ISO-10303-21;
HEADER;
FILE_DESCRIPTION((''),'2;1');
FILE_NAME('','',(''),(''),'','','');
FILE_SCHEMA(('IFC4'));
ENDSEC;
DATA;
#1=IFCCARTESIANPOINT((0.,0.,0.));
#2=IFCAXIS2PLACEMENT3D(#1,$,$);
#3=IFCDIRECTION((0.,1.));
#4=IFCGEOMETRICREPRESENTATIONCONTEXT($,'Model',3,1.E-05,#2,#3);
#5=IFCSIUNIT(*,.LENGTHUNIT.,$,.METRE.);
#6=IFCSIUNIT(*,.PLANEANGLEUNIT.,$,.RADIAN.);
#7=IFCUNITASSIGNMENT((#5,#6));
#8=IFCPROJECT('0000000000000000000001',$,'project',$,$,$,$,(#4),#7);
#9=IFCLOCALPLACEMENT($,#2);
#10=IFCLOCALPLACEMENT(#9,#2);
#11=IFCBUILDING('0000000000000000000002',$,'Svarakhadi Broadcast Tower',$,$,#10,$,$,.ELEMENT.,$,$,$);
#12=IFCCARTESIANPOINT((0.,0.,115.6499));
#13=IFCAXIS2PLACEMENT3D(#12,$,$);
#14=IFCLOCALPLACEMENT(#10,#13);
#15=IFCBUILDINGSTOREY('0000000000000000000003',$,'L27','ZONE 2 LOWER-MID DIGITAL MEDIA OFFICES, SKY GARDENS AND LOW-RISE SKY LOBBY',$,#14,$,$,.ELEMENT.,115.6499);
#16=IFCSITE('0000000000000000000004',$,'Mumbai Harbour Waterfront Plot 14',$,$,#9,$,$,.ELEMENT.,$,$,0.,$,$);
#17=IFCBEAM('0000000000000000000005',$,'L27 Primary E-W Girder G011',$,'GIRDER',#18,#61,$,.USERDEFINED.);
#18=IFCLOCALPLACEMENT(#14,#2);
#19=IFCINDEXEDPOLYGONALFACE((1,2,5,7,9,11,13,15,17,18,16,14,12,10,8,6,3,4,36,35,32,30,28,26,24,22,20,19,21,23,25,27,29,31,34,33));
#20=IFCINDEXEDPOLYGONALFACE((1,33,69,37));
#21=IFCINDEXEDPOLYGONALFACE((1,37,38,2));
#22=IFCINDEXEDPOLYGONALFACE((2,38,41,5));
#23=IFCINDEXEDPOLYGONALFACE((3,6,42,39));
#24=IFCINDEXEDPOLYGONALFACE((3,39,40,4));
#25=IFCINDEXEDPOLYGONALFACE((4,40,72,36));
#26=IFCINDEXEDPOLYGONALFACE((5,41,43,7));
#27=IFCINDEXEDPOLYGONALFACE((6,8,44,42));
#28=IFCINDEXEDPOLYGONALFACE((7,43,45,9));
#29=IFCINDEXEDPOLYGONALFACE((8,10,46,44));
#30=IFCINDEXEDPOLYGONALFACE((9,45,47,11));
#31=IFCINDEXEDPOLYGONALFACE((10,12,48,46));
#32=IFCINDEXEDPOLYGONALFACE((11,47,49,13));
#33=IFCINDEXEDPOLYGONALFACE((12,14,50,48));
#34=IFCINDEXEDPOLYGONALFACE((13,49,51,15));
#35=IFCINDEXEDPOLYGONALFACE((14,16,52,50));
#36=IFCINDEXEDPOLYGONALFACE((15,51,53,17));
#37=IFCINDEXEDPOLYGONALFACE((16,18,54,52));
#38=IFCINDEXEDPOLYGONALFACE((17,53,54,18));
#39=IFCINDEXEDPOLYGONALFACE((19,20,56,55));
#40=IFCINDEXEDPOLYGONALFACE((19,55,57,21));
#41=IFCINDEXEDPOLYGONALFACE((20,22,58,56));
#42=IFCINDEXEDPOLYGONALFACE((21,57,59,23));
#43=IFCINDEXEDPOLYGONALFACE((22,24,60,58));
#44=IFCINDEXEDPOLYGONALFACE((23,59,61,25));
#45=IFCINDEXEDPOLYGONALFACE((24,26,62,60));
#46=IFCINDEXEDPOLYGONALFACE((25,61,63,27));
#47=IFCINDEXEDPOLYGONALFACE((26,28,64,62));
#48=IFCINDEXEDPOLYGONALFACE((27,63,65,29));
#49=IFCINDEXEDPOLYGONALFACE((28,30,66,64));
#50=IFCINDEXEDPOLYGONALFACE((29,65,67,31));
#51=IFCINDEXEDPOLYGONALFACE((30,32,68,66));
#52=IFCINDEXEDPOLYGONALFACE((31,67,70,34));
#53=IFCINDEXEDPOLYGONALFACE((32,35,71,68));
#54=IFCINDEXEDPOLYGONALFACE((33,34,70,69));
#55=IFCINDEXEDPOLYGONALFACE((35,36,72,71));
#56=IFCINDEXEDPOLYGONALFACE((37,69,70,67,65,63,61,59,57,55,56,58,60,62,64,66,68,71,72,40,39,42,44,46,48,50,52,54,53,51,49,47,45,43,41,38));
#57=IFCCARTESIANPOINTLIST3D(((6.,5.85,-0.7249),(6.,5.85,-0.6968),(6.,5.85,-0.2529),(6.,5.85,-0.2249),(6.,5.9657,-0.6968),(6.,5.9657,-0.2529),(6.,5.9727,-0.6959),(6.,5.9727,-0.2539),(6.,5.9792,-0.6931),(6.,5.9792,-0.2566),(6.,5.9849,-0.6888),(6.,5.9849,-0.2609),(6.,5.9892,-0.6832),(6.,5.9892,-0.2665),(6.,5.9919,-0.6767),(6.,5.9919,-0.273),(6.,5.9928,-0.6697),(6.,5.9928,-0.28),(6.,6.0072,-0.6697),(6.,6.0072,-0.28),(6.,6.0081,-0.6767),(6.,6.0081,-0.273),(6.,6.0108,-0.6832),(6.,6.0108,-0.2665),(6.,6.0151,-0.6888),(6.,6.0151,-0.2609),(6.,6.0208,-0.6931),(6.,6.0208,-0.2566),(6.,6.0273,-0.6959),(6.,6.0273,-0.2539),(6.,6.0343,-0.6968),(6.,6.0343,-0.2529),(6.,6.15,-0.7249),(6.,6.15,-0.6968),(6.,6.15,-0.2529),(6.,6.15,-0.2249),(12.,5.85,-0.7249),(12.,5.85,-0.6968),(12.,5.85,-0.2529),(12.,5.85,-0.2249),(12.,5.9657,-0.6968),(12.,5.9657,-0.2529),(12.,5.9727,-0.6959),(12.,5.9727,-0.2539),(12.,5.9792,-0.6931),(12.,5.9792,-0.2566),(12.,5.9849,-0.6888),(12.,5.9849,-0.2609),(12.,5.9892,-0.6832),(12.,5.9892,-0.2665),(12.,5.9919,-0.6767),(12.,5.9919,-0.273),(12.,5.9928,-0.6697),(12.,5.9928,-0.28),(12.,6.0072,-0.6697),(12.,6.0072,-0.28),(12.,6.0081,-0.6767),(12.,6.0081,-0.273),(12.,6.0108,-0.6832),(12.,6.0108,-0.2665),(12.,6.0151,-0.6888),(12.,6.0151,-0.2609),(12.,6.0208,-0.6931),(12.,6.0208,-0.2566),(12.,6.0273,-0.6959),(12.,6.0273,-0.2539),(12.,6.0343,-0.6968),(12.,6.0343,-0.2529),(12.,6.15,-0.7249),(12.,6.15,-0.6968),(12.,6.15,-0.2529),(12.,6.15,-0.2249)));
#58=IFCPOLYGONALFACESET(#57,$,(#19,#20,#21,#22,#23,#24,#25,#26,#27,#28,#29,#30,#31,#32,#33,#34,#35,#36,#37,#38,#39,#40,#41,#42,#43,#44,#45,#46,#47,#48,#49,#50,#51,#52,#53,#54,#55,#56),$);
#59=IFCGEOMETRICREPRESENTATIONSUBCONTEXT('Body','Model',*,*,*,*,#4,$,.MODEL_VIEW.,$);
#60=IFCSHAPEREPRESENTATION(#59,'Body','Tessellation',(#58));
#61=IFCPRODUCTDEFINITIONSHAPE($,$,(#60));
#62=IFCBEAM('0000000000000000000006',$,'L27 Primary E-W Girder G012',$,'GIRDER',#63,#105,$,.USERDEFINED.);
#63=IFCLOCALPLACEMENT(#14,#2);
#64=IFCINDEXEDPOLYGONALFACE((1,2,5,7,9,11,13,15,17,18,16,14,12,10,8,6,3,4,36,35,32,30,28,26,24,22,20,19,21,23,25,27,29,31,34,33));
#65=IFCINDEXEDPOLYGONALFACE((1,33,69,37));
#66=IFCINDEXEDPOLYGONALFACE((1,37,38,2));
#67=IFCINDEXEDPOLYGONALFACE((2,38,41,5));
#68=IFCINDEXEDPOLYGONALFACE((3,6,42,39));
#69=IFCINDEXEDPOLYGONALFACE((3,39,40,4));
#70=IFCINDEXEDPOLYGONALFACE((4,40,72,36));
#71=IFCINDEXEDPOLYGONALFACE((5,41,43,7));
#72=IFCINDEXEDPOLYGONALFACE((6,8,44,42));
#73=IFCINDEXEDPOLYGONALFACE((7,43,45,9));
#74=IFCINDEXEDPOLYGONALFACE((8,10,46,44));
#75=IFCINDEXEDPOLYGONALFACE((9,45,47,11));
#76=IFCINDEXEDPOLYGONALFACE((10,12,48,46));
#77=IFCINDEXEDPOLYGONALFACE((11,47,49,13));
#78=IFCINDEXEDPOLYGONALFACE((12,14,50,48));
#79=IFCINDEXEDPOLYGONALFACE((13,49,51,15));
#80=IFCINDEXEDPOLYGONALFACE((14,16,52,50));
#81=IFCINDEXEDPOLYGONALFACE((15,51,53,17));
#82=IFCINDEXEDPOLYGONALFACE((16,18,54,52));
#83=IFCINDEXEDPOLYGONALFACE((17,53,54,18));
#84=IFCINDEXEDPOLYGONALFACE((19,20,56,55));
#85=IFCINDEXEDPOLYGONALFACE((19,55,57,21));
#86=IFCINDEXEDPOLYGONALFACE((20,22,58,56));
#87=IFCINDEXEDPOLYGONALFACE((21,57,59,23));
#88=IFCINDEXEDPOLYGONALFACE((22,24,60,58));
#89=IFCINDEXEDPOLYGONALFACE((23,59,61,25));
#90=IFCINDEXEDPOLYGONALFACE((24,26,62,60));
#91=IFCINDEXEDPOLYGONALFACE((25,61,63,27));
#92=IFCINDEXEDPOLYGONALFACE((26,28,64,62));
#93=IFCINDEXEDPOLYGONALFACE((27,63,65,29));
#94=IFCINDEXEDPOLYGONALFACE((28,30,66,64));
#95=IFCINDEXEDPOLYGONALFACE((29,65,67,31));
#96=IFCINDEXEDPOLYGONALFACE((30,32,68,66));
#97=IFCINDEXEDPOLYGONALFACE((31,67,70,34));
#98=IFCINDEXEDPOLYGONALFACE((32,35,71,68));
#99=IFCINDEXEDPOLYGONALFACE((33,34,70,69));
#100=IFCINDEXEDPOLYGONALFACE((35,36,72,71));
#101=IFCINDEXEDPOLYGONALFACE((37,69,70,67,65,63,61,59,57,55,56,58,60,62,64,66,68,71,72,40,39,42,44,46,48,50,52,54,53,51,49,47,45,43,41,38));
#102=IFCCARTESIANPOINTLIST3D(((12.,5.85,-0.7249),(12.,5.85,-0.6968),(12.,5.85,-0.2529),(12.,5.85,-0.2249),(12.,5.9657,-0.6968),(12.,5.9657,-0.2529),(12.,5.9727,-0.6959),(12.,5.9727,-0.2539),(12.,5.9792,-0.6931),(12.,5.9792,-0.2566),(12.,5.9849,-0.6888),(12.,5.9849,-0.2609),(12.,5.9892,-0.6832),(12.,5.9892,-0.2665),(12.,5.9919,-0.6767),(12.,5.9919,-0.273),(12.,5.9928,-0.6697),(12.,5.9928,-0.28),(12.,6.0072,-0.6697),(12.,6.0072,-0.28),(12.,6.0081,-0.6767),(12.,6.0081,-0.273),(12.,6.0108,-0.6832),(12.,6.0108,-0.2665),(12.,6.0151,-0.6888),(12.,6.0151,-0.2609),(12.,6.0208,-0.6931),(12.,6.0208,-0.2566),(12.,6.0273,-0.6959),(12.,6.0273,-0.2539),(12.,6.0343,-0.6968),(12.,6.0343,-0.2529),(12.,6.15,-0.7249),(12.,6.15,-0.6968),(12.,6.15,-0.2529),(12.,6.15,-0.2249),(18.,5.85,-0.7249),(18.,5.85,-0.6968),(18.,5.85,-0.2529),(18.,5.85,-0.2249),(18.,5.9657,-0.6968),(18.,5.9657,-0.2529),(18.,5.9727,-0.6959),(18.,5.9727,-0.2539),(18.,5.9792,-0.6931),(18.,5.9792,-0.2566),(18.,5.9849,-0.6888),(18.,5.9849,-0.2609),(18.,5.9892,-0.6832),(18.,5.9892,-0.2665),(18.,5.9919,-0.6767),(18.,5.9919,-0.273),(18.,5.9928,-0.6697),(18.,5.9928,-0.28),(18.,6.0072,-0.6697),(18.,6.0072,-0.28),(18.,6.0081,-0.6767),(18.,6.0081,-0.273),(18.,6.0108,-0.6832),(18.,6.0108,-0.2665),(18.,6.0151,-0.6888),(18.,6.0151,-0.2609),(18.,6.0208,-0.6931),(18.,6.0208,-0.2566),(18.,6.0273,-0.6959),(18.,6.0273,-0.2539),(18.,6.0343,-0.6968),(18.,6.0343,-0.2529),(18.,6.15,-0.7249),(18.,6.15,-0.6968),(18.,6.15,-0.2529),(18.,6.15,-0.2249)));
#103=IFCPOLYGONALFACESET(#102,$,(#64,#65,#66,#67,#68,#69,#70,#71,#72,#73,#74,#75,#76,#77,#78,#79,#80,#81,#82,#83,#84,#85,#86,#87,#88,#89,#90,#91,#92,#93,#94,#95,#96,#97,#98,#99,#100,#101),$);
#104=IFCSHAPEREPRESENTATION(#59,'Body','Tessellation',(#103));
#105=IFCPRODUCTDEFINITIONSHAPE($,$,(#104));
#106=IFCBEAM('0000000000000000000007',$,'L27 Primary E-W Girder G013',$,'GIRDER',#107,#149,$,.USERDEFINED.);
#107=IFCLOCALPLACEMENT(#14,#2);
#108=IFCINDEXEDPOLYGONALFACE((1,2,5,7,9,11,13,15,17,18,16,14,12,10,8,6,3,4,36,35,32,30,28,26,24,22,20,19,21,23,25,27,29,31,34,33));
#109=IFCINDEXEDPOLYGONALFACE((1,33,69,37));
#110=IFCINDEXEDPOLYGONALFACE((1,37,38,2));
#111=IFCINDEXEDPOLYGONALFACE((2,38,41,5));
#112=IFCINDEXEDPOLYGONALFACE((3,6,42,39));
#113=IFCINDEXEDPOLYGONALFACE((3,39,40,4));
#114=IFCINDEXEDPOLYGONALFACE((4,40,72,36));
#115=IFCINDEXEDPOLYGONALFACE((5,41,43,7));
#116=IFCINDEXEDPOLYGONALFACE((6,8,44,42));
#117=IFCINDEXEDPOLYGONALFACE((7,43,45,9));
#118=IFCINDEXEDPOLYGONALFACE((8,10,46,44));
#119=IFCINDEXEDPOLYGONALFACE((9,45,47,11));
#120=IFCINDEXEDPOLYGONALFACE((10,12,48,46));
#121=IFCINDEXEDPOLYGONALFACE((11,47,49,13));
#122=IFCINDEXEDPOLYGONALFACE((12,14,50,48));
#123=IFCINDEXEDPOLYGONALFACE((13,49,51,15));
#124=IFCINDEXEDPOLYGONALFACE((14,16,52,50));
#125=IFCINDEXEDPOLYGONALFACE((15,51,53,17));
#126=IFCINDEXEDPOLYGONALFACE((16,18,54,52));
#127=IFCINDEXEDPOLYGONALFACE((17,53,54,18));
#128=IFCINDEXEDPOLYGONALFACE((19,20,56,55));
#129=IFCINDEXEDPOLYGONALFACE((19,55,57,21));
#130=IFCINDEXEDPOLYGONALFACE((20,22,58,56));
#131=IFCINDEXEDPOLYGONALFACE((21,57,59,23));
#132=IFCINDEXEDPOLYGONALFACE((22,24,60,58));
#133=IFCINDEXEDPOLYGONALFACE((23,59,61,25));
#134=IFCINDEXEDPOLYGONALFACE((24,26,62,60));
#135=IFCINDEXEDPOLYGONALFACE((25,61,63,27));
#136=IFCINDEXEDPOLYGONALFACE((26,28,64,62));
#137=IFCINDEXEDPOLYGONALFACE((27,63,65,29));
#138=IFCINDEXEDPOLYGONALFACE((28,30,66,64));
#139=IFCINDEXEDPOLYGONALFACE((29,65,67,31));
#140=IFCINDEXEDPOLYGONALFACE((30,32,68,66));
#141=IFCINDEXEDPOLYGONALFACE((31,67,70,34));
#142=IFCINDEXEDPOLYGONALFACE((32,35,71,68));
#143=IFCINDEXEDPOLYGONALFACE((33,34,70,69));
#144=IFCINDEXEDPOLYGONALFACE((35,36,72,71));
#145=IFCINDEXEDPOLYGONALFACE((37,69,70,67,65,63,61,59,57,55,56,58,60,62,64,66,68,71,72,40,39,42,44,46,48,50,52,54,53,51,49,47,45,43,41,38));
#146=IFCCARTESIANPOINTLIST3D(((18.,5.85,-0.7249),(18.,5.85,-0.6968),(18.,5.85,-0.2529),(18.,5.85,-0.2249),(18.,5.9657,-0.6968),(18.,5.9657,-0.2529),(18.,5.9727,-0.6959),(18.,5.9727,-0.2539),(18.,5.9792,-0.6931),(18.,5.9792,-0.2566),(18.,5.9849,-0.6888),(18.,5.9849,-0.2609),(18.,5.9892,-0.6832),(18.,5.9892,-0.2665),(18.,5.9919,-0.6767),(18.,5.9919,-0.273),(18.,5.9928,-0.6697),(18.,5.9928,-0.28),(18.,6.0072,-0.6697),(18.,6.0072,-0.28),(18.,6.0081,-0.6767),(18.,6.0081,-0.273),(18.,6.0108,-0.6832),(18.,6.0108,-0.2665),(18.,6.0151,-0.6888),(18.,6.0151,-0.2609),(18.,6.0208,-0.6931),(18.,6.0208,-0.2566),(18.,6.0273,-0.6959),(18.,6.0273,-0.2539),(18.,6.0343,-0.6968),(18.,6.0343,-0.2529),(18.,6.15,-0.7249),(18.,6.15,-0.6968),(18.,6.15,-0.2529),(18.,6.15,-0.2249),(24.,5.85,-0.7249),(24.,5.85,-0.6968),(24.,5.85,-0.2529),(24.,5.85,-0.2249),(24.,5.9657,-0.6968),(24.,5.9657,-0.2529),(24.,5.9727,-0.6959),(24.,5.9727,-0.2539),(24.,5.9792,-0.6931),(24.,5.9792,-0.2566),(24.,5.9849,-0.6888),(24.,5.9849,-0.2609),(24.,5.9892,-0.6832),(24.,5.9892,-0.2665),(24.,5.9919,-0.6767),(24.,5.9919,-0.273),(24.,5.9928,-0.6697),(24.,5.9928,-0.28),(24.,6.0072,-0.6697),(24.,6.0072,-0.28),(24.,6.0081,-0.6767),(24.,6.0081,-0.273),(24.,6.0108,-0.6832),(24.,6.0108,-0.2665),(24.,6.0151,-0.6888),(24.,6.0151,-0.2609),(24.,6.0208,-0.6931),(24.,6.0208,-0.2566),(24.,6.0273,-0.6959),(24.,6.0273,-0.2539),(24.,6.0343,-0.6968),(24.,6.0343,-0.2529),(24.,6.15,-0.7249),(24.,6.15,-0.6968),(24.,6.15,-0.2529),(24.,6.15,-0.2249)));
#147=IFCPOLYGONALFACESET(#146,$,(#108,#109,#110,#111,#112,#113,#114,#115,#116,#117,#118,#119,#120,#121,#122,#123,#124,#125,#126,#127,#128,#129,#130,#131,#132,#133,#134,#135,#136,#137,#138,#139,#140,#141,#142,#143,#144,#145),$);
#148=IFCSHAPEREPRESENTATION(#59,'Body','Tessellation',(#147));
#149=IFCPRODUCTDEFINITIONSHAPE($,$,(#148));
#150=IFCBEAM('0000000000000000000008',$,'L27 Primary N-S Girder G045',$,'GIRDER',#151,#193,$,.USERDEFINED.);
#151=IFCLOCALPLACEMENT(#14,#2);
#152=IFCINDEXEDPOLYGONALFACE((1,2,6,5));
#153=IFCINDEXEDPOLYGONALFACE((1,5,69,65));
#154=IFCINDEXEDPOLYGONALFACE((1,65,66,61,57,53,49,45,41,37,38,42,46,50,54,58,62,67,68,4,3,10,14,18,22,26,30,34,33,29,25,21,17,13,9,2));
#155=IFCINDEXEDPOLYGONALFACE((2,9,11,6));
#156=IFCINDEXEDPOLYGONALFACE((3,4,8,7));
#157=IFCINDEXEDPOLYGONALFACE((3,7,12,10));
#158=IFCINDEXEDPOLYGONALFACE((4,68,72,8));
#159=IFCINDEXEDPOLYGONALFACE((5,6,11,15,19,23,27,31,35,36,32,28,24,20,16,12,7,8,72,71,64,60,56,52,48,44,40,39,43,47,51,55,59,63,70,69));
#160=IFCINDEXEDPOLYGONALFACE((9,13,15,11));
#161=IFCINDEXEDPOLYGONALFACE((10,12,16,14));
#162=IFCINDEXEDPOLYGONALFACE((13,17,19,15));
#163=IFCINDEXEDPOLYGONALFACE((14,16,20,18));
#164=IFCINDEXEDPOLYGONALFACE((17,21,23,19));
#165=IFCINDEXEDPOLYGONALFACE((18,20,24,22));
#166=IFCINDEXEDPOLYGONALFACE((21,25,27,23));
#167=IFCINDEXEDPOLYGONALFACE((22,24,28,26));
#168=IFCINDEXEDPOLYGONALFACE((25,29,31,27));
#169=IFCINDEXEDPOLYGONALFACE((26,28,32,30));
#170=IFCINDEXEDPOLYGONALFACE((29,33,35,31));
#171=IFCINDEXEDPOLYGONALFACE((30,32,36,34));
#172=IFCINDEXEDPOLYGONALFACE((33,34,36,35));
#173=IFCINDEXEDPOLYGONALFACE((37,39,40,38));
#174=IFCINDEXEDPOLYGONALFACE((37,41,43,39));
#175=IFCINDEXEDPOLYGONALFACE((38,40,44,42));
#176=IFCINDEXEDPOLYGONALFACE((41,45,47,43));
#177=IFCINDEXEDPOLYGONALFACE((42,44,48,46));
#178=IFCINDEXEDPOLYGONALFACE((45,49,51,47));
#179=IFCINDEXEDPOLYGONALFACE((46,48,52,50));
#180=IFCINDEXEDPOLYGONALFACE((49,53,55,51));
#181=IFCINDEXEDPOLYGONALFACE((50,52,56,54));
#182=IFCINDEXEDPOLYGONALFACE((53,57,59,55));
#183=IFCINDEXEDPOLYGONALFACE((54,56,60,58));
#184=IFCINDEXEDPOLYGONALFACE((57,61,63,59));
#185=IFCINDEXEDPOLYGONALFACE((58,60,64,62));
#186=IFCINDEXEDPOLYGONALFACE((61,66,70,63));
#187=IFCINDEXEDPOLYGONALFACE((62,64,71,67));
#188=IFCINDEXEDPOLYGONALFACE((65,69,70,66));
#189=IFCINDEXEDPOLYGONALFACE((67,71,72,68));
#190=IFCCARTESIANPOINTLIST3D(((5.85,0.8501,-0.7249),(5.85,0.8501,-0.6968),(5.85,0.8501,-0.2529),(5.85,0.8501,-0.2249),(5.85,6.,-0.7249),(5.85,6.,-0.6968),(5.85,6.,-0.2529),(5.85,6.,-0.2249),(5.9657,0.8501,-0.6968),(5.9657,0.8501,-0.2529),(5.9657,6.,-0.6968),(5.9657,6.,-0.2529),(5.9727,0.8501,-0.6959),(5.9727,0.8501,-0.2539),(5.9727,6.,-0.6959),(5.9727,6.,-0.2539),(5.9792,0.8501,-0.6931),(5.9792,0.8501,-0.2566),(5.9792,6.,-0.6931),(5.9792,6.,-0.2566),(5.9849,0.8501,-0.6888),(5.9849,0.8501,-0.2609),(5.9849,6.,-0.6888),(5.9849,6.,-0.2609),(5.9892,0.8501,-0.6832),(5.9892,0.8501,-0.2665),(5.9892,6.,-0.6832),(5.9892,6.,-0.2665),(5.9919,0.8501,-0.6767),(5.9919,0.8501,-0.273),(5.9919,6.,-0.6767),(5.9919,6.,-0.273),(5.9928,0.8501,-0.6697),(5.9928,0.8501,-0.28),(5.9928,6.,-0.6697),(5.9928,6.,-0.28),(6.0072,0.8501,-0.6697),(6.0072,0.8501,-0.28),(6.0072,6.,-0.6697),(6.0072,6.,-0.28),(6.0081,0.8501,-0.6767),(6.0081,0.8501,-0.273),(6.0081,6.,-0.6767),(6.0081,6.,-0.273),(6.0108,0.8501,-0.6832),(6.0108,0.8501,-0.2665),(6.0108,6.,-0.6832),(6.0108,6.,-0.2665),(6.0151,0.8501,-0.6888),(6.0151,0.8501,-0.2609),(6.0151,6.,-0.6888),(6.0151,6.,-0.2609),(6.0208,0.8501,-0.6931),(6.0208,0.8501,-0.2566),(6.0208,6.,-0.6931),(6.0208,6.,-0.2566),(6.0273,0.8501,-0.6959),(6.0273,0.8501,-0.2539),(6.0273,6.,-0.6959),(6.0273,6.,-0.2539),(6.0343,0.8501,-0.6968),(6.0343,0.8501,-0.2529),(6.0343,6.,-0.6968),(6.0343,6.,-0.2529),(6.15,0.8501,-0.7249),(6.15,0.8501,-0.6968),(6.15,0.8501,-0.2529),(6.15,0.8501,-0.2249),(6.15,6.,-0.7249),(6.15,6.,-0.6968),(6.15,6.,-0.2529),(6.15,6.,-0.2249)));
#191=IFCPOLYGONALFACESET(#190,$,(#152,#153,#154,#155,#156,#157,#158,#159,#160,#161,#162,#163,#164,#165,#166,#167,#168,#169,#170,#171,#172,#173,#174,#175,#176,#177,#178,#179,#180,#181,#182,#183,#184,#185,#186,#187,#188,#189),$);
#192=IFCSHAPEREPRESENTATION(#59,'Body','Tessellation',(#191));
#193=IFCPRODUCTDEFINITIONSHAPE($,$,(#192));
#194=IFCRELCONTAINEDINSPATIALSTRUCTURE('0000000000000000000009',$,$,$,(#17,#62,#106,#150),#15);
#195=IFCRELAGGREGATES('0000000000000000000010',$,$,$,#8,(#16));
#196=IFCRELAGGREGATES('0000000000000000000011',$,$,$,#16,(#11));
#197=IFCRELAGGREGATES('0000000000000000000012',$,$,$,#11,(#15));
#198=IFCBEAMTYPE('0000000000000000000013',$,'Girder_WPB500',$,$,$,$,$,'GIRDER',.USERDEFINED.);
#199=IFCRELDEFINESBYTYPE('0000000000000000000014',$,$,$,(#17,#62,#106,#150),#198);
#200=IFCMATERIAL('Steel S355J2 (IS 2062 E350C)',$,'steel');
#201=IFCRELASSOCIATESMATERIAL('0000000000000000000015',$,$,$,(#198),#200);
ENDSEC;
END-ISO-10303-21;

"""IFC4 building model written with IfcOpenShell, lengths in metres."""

from ifc_helpers import new_model, si_unit, direction, frame, origin, origin_2d, place, context, subcontext, project, spatial, i_section, extrude, material, material_profile, profile_set, type_object, element, save


model = new_model("IFC4")

# Units and contexts
model_context = context("Model", 3, precision=1e-05, world=origin(), true_north=direction((0.0, 1.0)))
body_context = subcontext(model_context, "Body", "Model", "MODEL_VIEW")
ifc_project = project(units=[si_unit("LENGTHUNIT", "METRE"), si_unit("PLANEANGLEUNIT", "RADIAN")], contexts=[model_context])

# Site, building, storey
site_placement = place(None, origin())
site = spatial("IfcSite", under=ifc_project, at=site_placement, Name="Mumbai Harbour Waterfront Plot 14", CompositionType="ELEMENT", RefElevation=0.0)
building_placement = place(site_placement, origin())
building = spatial("IfcBuilding", under=site, at=building_placement, Name="Svarakhadi Broadcast Tower", CompositionType="ELEMENT")
storey_placement = place(building_placement, frame((0.0, 0.0, 115.6499)))
storey = spatial("IfcBuildingStorey", under=building, at=storey_placement, Name="L27", Description="ZONE 2 LOWER-MID DIGITAL MEDIA OFFICES, SKY GARDENS AND LOW-RISE SKY LOBBY", CompositionType="ELEMENT", Elevation=115.6499)

# Shared definitions
ifc_material_1 = material(Name="Steel S355J2 (IS 2062 E350C)", Category="steel")

# Beams
ifc_material_profile_1 = material_profile(ifc_material_1, i_section(OverallWidth=0.3, OverallDepth=0.5, WebThickness=0.0144, FlangeThickness=0.0281, FilletRadius=0.0271, at=origin_2d()), Name="WPB 500x300x187")
ifc_profile_set_1 = profile_set([ifc_material_profile_1], Name="Steel S355J2 (IS 2062 E350C)")
beam_type_1 = type_object("IfcBeamType", Name="Girder_WPB500", ElementType="GIRDER", PredefinedType="USERDEFINED", material=ifc_profile_set_1)
for number, where, z_axis, x_axis, name in (
    (1, (6.0, 6.0, -0.4749), (1.0, 0.0, 0.0), (0.0, 1.0, 0.0), "L27 Primary E-W Girder G011"),
    (2, (12.0, 6.0, -0.4749), (1.0, 0.0, 0.0), (0.0, 1.0, 0.0), "L27 Primary E-W Girder G012"),
    (3, (18.0, 6.0, -0.4749), (1.0, 0.0, 0.0), (0.0, 1.0, 0.0), "L27 Primary E-W Girder G013"),
):
    element("IfcBeam", number, at=place(storey_placement, frame(where, z_axis=z_axis, x_axis=x_axis)), inside=storey, type_object=beam_type_1, Name=name, ObjectType="GIRDER", PredefinedType="USERDEFINED", context=body_context, shape_type="SweptSolid", body=[
        extrude(i_section(OverallWidth=0.3, OverallDepth=0.5, WebThickness=0.0144, FlangeThickness=0.0281, FilletRadius=0.0271, at=origin_2d()), origin(), (0.0, 0.0, 1.0), 6.0),
    ])
beam_1_placement = place(storey_placement, frame((6.0, 0.8501, -0.4749), z_axis=(0.0, 1.0, 0.0), x_axis=(-1.0, 0.0, 0.0)))
element("IfcBeam", 4, at=beam_1_placement, inside=storey, type_object=beam_type_1, Name="L27 Primary N-S Girder G045", ObjectType="GIRDER", PredefinedType="USERDEFINED", context=body_context, shape_type="SweptSolid", body=[
    extrude(i_section(OverallWidth=0.3, OverallDepth=0.5, WebThickness=0.0144, FlangeThickness=0.0281, FilletRadius=0.0271, at=origin_2d()), origin(), (0.0, 0.0, 1.0), 5.1499),
])

save(model, "model.ifc")
